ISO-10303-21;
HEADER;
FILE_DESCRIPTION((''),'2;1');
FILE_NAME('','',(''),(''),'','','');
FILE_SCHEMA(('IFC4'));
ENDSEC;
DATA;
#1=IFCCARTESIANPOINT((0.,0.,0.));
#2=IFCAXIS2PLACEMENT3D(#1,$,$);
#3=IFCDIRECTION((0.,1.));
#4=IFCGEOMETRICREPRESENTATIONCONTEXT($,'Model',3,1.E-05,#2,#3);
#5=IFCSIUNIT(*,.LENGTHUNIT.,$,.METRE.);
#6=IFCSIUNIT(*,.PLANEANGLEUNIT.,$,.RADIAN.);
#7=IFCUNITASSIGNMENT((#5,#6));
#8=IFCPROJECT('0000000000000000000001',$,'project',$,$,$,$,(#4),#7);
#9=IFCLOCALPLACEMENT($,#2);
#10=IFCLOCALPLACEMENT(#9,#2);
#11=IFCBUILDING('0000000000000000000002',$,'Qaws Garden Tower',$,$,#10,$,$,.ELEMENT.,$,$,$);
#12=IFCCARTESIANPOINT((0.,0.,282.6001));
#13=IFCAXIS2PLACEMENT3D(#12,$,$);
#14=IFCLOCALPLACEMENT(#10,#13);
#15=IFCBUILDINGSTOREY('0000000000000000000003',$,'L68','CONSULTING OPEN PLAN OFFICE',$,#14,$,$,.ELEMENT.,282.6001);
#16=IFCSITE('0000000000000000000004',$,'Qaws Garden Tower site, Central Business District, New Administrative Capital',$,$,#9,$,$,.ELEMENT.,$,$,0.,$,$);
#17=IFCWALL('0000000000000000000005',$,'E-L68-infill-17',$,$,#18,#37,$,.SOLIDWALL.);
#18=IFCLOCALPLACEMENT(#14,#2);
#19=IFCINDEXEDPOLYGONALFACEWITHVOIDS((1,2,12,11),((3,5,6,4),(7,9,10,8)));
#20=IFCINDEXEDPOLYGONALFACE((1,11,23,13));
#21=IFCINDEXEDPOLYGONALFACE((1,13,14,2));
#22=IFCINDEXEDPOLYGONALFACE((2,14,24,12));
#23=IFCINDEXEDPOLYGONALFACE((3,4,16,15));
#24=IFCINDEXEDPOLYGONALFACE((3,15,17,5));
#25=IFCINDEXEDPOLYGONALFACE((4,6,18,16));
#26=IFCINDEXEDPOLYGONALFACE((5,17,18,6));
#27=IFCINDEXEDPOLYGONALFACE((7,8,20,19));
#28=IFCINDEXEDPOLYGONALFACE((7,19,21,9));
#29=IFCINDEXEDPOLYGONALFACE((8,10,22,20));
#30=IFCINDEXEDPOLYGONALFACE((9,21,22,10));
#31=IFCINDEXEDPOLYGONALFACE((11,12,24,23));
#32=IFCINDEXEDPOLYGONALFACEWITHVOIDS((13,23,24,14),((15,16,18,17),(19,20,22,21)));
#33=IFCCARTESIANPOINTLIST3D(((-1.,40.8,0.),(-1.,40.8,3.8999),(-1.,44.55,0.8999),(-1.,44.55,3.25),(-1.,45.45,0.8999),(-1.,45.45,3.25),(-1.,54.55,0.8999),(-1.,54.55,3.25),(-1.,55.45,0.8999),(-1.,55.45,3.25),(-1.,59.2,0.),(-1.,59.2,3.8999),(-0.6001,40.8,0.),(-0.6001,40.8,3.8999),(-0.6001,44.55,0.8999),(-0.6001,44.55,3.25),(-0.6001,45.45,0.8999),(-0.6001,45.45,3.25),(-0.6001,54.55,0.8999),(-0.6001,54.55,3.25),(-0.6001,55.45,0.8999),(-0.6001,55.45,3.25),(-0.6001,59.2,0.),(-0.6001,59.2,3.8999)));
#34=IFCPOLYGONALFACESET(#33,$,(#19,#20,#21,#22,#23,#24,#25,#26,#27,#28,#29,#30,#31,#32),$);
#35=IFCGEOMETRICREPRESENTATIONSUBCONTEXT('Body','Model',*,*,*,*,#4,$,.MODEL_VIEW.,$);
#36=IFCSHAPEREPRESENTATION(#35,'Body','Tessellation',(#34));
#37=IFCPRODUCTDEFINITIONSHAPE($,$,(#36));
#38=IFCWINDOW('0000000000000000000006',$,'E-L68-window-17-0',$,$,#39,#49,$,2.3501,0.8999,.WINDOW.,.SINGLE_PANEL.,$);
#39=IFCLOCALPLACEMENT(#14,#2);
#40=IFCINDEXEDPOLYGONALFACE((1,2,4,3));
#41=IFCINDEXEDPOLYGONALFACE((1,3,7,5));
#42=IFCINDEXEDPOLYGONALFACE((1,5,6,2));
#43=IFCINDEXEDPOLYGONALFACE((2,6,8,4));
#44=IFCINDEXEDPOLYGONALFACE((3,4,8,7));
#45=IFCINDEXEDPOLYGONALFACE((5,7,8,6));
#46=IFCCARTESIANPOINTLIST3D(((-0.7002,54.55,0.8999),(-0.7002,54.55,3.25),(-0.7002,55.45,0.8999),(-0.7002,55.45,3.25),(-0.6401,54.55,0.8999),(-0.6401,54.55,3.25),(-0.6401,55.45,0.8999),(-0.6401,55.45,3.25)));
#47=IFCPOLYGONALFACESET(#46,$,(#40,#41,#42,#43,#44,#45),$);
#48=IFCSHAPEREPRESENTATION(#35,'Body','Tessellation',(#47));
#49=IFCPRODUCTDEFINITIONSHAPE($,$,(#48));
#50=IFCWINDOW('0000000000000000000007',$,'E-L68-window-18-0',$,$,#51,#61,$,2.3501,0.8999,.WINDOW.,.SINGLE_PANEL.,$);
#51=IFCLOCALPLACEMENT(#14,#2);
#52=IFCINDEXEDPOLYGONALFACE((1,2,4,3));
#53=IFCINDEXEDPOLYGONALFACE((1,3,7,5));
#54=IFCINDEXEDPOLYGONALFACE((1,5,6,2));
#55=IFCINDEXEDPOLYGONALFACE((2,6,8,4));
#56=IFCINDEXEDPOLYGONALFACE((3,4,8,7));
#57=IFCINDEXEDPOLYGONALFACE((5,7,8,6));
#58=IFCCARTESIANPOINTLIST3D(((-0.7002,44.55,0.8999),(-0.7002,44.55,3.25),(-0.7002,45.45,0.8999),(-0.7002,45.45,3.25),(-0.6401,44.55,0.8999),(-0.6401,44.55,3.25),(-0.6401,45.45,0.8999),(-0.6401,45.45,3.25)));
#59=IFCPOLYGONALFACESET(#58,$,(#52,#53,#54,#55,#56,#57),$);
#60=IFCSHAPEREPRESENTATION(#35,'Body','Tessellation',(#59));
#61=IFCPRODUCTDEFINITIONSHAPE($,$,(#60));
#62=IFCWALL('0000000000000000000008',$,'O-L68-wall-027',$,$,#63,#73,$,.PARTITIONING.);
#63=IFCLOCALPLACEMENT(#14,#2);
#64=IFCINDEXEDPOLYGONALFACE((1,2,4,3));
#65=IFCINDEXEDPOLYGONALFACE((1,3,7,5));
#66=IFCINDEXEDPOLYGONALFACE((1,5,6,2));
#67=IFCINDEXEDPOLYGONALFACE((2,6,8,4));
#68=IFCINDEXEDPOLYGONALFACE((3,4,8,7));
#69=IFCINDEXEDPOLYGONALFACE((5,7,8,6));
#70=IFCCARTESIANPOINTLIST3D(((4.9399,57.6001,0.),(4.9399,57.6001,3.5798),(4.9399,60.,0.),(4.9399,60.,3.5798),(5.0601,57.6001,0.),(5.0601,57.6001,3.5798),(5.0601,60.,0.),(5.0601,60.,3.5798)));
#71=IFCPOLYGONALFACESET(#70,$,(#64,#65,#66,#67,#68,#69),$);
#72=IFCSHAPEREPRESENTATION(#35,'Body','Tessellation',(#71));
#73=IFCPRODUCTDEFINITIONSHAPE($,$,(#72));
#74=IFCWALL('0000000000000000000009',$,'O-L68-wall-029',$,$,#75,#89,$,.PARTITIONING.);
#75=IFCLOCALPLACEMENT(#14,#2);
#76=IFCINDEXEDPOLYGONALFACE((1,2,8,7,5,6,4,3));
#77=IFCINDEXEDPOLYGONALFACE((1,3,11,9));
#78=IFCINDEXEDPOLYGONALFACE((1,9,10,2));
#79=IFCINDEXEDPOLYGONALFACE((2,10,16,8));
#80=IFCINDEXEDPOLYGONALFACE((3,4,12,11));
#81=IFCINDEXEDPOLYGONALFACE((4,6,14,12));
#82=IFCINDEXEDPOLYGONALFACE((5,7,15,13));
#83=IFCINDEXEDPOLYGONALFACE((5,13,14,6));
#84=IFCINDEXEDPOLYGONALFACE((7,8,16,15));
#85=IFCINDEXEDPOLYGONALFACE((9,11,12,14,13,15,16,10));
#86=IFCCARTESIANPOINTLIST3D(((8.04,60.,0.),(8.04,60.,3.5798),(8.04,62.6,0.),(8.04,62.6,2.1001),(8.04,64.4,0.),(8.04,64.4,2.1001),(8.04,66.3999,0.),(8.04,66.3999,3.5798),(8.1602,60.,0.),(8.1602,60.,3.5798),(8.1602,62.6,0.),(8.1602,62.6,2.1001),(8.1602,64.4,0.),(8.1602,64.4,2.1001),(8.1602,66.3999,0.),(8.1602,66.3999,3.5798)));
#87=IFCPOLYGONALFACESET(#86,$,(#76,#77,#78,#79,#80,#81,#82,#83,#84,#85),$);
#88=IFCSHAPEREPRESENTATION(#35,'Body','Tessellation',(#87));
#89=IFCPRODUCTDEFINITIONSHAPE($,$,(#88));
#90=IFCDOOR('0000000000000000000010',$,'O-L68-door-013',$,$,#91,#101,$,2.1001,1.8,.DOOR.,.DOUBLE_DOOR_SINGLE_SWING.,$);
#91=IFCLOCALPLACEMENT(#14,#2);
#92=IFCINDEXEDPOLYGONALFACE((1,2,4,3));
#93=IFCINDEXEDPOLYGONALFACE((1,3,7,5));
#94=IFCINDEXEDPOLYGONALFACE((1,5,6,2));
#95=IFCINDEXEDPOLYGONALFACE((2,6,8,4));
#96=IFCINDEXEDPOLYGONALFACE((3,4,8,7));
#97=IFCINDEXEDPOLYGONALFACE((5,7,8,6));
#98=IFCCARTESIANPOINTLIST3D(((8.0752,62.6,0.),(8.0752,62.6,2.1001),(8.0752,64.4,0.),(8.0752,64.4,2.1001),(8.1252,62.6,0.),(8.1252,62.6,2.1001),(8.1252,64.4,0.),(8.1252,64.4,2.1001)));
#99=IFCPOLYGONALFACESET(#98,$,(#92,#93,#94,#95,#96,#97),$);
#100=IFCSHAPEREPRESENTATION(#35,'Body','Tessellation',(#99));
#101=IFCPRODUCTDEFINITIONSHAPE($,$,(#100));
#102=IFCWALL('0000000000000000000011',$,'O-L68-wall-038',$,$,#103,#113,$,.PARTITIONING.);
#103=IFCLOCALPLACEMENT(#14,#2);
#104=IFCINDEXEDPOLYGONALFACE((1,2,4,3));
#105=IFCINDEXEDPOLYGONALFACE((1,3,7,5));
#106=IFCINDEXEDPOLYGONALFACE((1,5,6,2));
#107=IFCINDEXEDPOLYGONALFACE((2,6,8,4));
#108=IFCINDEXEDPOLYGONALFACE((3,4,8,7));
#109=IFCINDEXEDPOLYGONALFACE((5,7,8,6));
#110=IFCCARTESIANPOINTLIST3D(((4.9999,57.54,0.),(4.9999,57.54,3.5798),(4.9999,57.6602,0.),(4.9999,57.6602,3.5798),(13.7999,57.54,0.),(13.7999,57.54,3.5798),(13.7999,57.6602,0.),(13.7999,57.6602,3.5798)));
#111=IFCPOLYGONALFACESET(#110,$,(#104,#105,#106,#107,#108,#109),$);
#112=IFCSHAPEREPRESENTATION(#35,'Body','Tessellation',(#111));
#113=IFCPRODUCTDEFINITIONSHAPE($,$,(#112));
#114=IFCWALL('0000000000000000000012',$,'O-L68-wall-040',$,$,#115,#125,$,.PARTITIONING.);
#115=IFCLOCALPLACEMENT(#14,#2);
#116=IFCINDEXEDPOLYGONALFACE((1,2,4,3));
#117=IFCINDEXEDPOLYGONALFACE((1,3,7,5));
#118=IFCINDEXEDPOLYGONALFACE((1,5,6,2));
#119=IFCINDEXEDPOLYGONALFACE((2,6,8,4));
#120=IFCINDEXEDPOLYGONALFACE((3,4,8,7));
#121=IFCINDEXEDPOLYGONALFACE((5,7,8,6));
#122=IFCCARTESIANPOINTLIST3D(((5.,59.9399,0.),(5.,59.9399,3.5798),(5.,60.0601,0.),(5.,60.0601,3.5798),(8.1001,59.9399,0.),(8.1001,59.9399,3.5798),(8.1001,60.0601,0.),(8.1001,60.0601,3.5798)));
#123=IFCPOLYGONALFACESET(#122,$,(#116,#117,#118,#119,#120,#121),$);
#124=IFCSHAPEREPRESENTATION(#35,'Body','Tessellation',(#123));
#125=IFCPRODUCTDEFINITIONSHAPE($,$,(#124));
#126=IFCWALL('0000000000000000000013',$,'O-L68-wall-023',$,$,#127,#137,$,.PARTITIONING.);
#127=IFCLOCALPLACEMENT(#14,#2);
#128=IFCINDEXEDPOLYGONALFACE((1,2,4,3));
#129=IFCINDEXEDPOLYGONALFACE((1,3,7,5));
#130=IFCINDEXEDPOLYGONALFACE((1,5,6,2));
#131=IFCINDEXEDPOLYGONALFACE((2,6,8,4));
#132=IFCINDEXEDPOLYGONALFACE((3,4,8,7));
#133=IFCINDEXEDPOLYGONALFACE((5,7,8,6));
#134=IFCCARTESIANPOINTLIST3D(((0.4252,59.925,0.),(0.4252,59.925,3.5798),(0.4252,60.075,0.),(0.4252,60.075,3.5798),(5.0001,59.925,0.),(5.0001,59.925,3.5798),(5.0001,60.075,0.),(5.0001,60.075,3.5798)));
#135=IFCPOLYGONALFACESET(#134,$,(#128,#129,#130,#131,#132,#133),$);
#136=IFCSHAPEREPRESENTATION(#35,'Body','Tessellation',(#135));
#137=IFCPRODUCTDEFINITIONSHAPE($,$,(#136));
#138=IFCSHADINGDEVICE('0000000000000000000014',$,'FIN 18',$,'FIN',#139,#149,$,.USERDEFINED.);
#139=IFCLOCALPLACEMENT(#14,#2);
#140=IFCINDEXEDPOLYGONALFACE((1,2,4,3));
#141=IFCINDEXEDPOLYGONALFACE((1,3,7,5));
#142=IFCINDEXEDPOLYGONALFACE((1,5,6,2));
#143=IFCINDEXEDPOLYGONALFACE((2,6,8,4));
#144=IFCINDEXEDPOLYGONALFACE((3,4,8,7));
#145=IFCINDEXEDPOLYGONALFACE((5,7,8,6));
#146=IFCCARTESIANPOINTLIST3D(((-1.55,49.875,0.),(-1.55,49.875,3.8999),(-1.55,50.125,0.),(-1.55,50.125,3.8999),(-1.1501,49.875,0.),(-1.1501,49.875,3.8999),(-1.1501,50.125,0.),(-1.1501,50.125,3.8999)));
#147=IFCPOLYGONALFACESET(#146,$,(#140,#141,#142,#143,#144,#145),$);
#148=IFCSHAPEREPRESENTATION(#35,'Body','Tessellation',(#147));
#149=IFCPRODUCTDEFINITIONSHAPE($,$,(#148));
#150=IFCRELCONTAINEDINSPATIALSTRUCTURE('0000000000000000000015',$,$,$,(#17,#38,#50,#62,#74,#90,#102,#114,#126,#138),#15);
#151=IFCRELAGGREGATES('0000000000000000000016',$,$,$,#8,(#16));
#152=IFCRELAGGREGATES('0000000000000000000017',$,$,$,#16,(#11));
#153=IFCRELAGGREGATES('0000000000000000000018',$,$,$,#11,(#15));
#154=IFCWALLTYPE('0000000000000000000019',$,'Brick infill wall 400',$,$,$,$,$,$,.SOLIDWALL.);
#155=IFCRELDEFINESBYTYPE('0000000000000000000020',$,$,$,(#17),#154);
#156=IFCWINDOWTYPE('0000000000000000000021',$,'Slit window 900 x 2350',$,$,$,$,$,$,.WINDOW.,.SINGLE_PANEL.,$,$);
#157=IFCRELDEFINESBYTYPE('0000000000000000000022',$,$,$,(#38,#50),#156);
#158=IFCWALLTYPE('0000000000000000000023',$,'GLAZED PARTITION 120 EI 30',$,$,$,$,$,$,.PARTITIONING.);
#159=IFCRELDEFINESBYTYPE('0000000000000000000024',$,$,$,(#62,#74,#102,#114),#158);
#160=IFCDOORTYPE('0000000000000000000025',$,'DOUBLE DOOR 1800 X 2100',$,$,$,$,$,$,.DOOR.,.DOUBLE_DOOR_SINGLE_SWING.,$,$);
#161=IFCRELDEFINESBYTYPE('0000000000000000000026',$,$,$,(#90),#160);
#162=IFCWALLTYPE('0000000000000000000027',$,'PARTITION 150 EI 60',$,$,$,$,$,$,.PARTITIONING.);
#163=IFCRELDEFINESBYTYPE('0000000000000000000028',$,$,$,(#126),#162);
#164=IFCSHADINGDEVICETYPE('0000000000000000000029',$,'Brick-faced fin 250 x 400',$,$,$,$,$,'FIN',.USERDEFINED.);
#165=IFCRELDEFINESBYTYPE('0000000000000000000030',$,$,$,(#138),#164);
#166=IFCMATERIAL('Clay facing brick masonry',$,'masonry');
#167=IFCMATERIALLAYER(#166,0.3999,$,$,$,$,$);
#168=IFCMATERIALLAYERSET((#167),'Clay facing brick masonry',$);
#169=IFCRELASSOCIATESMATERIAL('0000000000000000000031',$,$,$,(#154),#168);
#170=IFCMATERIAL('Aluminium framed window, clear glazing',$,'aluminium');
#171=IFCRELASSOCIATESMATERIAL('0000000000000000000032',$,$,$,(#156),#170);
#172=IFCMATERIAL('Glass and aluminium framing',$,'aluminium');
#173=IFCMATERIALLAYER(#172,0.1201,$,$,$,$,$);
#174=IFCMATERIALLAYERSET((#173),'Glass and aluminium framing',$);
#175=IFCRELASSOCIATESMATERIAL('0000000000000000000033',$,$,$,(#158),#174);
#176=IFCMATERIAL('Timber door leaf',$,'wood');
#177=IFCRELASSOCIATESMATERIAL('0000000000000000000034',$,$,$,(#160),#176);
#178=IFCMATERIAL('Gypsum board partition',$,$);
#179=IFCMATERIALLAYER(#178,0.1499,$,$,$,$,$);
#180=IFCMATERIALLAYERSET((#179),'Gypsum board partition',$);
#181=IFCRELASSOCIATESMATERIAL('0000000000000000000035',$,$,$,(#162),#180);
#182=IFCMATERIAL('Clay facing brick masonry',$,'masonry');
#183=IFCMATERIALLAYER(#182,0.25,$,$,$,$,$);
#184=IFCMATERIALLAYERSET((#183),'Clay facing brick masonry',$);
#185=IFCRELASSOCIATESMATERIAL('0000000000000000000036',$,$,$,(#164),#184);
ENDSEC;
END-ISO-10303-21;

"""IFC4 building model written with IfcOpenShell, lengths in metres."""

from ifc_helpers import new_model, si_unit, direction, frame, frame_2d, origin, origin_2d, place, context, subcontext, project, spatial, rectangle, extrude, material, layer, layer_set, type_object, element, fill, save


model = new_model("IFC4")

# Units and contexts
model_context = context("Model", 3, precision=1e-05, world=origin(), true_north=direction((0.0, 1.0)))
body_context = subcontext(model_context, "Body", "Model", "MODEL_VIEW")
ifc_project = project(units=[si_unit("LENGTHUNIT", "METRE"), si_unit("PLANEANGLEUNIT", "RADIAN")], contexts=[model_context])

# Site, building, storey
site_placement = place(None, origin())
site = spatial("IfcSite", under=ifc_project, at=site_placement, Name="Qaws Garden Tower site, Central Business District, New Administrative Capital", CompositionType="ELEMENT", RefElevation=0.0)
building_placement = place(site_placement, origin())
building = spatial("IfcBuilding", under=site, at=building_placement, Name="Qaws Garden Tower", CompositionType="ELEMENT")
storey_placement = place(building_placement, frame((0.0, 0.0, 282.6001)))
storey = spatial("IfcBuildingStorey", under=building, at=storey_placement, Name="L68", Description="CONSULTING OPEN PLAN OFFICE", CompositionType="ELEMENT", Elevation=282.6001)

# Shared definitions
ifc_material_1 = material(Name="Clay facing brick masonry", Category="masonry")
ifc_layer_1 = layer(ifc_material_1, 0.3999)
ifc_layer_set_1 = layer_set([ifc_layer_1], Name="Clay facing brick masonry")
wall_type_1 = type_object("IfcWallType", Name="Brick infill wall 400", PredefinedType="SOLIDWALL", material=ifc_layer_set_1)

# Wall, openings, windows
wall_1_placement = place(storey_placement, frame((-0.8, 59.2, 0.0), z_axis=(0.0, 0.0, 1.0), x_axis=(0.0, -1.0, 0.0)))
wall_1 = element("IfcWall", 1, at=wall_1_placement, inside=storey, type_object=wall_type_1, Name="E-L68-infill-17", PredefinedType="SOLIDWALL", context=body_context, shape_type="SweptSolid", body=[
    extrude(rectangle(XDim=18.3999, YDim=0.3999, at=frame_2d((9.2, 0.0))), origin(), (0.0, 0.0, 1.0), 3.8999),
])
opening_1_placement = place(wall_1_placement, frame((3.75, 0.0, 0.8999)))
opening_1 = element("IfcOpeningElement", 2, at=opening_1_placement, cuts=wall_1, PredefinedType="OPENING", context=body_context, shape_type="SweptSolid", body=[
    extrude(rectangle(XDim=0.8999, YDim=2.3501, at=frame_2d((0.45, 1.175))), frame((0.0, 0.21, 0.0), z_axis=(0.0, -1.0, 0.0), x_axis=(1.0, 0.0, 0.0)), (0.0, 0.0, 1.0), 0.4199),
])
opening_2_placement = place(wall_1_placement, frame((13.75, 0.0, 0.8999)))
opening_2 = element("IfcOpeningElement", 3, at=opening_2_placement, cuts=wall_1, PredefinedType="OPENING", context=body_context, shape_type="SweptSolid", body=[
    extrude(rectangle(XDim=0.8999, YDim=2.3501, at=frame_2d((0.45, 1.175))), frame((0.0, 0.21, 0.0), z_axis=(0.0, -1.0, 0.0), x_axis=(1.0, 0.0, 0.0)), (0.0, 0.0, 1.0), 0.4199),
])
ifc_material_2 = material(Name="Aluminium framed window, clear glazing", Category="aluminium")
window_type_1 = type_object("IfcWindowType", Name="Slit window 900 x 2350", PartitioningType="SINGLE_PANEL", PredefinedType="WINDOW", material=ifc_material_2)
window_1_placement = place(opening_1_placement, origin())
window_1 = element("IfcWindow", 4, at=window_1_placement, inside=storey, type_object=window_type_1, Name="E-L68-window-17-0", OverallHeight=2.3501, OverallWidth=0.8999, PartitioningType="SINGLE_PANEL", PredefinedType="WINDOW", context=body_context, shape_type="SweptSolid", body=[
    extrude(rectangle(XDim=0.8999, YDim=2.3501, at=frame_2d((0.45, 1.175))), frame((0.0, 0.1599, 0.0), z_axis=(0.0, -1.0, 0.0), x_axis=(1.0, 0.0, 0.0)), (0.0, 0.0, 1.0), 0.0601),
])
fill(opening_1, window_1)
window_2_placement = place(opening_2_placement, origin())
window_2 = element("IfcWindow", 5, at=window_2_placement, inside=storey, type_object=window_type_1, Name="E-L68-window-18-0", OverallHeight=2.3501, OverallWidth=0.8999, PartitioningType="SINGLE_PANEL", PredefinedType="WINDOW", context=body_context, shape_type="SweptSolid", body=[
    extrude(rectangle(XDim=0.8999, YDim=2.3501, at=frame_2d((0.45, 1.175))), frame((0.0, 0.1599, 0.0), z_axis=(0.0, -1.0, 0.0), x_axis=(1.0, 0.0, 0.0)), (0.0, 0.0, 1.0), 0.0601),
])
fill(opening_2, window_2)

# Wall
ifc_material_3 = material(Name="Glass and aluminium framing", Category="aluminium")
ifc_layer_2 = layer(ifc_material_3, 0.1201)
ifc_layer_set_2 = layer_set([ifc_layer_2], Name="Glass and aluminium framing")
wall_type_2 = type_object("IfcWallType", Name="GLAZED PARTITION 120 EI 30", PredefinedType="PARTITIONING", material=ifc_layer_set_2)
wall_2_placement = place(storey_placement, frame((5.0, 57.6001, 0.0), z_axis=(0.0, 0.0, 1.0), x_axis=(0.0, 1.0, 0.0)))
element("IfcWall", 6, at=wall_2_placement, inside=storey, type_object=wall_type_2, Name="O-L68-wall-027", PredefinedType="PARTITIONING", context=body_context, shape_type="SweptSolid", body=[
    extrude(rectangle(XDim=2.3999, YDim=0.1201, at=frame_2d((1.2, 0.0))), origin(), (0.0, 0.0, 1.0), 3.5798),
])

# Wall, opening, door
wall_3_placement = place(storey_placement, frame((8.1001, 60.0, 0.0), z_axis=(0.0, 0.0, 1.0), x_axis=(0.0, 1.0, 0.0)))
wall_3 = element("IfcWall", 7, at=wall_3_placement, inside=storey, type_object=wall_type_2, Name="O-L68-wall-029", PredefinedType="PARTITIONING", context=body_context, shape_type="SweptSolid", body=[
    extrude(rectangle(XDim=6.3999, YDim=0.1201, at=frame_2d((3.2, 0.0))), origin(), (0.0, 0.0, 1.0), 3.5798),
])
opening_3_placement = place(wall_3_placement, frame((2.6001, 0.0, 0.0)))
opening_3 = element("IfcOpeningElement", 8, at=opening_3_placement, cuts=wall_3, PredefinedType="OPENING", context=body_context, shape_type="SweptSolid", body=[
    extrude(rectangle(XDim=1.8, YDim=2.1001, at=frame_2d((0.8999, 1.05))), frame((0.0, 0.0701, 0.0), z_axis=(0.0, -1.0, 0.0), x_axis=(1.0, 0.0, 0.0)), (0.0, 0.0, 1.0), 0.1401),
])
ifc_material_4 = material(Name="Timber door leaf", Category="wood")
door_type = type_object("IfcDoorType", Name="DOUBLE DOOR 1800 X 2100", OperationType="DOUBLE_DOOR_SINGLE_SWING", PredefinedType="DOOR", material=ifc_material_4)
door_placement = place(opening_3_placement, origin())
door = element("IfcDoor", 9, at=door_placement, inside=storey, type_object=door_type, Name="O-L68-door-013", OperationType="DOUBLE_DOOR_SINGLE_SWING", OverallHeight=2.1001, OverallWidth=1.8, PredefinedType="DOOR", context=body_context, shape_type="SweptSolid", body=[
    extrude(rectangle(XDim=1.8, YDim=2.1001, at=frame_2d((0.8999, 1.05))), frame((0.0, 0.0249, 0.0), z_axis=(0.0, -1.0, 0.0), x_axis=(1.0, 0.0, 0.0)), (0.0, 0.0, 1.0), 0.05),
])
fill(opening_3, door)

# Walls
wall_4_placement = place(storey_placement, frame((5.0, 57.6001, 0.0), z_axis=(0.0, 0.0, 1.0), x_axis=(1.0, 0.0, 0.0)))
element("IfcWall", 10, at=wall_4_placement, inside=storey, type_object=wall_type_2, Name="O-L68-wall-038", PredefinedType="PARTITIONING", context=body_context, shape_type="SweptSolid", body=[
    extrude(rectangle(XDim=8.8, YDim=0.1201, at=frame_2d((4.3999, 0.0))), origin(), (0.0, 0.0, 1.0), 3.5798),
])
wall_5_placement = place(storey_placement, frame((5.0, 60.0, 0.0), z_axis=(0.0, 0.0, 1.0), x_axis=(1.0, 0.0, 0.0)))
element("IfcWall", 11, at=wall_5_placement, inside=storey, type_object=wall_type_2, Name="O-L68-wall-040", PredefinedType="PARTITIONING", context=body_context, shape_type="SweptSolid", body=[
    extrude(rectangle(XDim=3.1001, YDim=0.1201, at=frame_2d((1.55, 0.0))), origin(), (0.0, 0.0, 1.0), 3.5798),
])
ifc_material_5 = material(Name="Gypsum board partition")
ifc_layer_3 = layer(ifc_material_5, 0.1499)
ifc_layer_set_3 = layer_set([ifc_layer_3], Name="Gypsum board partition")
wall_type_3 = type_object("IfcWallType", Name="PARTITION 150 EI 60", PredefinedType="PARTITIONING", material=ifc_layer_set_3)
wall_6_placement = place(storey_placement, frame((0.425, 60.0, 0.0), z_axis=(0.0, 0.0, 1.0), x_axis=(1.0, 0.0, 0.0)))
element("IfcWall", 12, at=wall_6_placement, inside=storey, type_object=wall_type_3, Name="O-L68-wall-023", PredefinedType="PARTITIONING", context=body_context, shape_type="SweptSolid", body=[
    extrude(rectangle(XDim=4.575, YDim=0.1499, at=frame_2d((2.2876, 0.0))), origin(), (0.0, 0.0, 1.0), 3.5798),
])

# Shading device
ifc_material_6 = material(Name="Clay facing brick masonry", Category="masonry")
ifc_layer_4 = layer(ifc_material_6, 0.25)
ifc_layer_set_4 = layer_set([ifc_layer_4], Name="Clay facing brick masonry")
shading_device_type = type_object("IfcShadingDeviceType", Name="Brick-faced fin 250 x 400", ElementType="FIN", PredefinedType="USERDEFINED", material=ifc_layer_set_4)
shading_device_placement = place(storey_placement, frame((-1.3501, 50.0, 0.0), z_axis=(0.0, 0.0, 1.0), x_axis=(0.0, -1.0, 0.0)))
element("IfcShadingDevice", 13, at=shading_device_placement, inside=storey, type_object=shading_device_type, Name="FIN 18", ObjectType="FIN", PredefinedType="USERDEFINED", context=body_context, shape_type="SweptSolid", body=[
    extrude(rectangle(XDim=0.25, YDim=0.3999, at=origin_2d()), origin(), (0.0, 0.0, 1.0), 3.8999),
])

save(model, "model.ifc")
